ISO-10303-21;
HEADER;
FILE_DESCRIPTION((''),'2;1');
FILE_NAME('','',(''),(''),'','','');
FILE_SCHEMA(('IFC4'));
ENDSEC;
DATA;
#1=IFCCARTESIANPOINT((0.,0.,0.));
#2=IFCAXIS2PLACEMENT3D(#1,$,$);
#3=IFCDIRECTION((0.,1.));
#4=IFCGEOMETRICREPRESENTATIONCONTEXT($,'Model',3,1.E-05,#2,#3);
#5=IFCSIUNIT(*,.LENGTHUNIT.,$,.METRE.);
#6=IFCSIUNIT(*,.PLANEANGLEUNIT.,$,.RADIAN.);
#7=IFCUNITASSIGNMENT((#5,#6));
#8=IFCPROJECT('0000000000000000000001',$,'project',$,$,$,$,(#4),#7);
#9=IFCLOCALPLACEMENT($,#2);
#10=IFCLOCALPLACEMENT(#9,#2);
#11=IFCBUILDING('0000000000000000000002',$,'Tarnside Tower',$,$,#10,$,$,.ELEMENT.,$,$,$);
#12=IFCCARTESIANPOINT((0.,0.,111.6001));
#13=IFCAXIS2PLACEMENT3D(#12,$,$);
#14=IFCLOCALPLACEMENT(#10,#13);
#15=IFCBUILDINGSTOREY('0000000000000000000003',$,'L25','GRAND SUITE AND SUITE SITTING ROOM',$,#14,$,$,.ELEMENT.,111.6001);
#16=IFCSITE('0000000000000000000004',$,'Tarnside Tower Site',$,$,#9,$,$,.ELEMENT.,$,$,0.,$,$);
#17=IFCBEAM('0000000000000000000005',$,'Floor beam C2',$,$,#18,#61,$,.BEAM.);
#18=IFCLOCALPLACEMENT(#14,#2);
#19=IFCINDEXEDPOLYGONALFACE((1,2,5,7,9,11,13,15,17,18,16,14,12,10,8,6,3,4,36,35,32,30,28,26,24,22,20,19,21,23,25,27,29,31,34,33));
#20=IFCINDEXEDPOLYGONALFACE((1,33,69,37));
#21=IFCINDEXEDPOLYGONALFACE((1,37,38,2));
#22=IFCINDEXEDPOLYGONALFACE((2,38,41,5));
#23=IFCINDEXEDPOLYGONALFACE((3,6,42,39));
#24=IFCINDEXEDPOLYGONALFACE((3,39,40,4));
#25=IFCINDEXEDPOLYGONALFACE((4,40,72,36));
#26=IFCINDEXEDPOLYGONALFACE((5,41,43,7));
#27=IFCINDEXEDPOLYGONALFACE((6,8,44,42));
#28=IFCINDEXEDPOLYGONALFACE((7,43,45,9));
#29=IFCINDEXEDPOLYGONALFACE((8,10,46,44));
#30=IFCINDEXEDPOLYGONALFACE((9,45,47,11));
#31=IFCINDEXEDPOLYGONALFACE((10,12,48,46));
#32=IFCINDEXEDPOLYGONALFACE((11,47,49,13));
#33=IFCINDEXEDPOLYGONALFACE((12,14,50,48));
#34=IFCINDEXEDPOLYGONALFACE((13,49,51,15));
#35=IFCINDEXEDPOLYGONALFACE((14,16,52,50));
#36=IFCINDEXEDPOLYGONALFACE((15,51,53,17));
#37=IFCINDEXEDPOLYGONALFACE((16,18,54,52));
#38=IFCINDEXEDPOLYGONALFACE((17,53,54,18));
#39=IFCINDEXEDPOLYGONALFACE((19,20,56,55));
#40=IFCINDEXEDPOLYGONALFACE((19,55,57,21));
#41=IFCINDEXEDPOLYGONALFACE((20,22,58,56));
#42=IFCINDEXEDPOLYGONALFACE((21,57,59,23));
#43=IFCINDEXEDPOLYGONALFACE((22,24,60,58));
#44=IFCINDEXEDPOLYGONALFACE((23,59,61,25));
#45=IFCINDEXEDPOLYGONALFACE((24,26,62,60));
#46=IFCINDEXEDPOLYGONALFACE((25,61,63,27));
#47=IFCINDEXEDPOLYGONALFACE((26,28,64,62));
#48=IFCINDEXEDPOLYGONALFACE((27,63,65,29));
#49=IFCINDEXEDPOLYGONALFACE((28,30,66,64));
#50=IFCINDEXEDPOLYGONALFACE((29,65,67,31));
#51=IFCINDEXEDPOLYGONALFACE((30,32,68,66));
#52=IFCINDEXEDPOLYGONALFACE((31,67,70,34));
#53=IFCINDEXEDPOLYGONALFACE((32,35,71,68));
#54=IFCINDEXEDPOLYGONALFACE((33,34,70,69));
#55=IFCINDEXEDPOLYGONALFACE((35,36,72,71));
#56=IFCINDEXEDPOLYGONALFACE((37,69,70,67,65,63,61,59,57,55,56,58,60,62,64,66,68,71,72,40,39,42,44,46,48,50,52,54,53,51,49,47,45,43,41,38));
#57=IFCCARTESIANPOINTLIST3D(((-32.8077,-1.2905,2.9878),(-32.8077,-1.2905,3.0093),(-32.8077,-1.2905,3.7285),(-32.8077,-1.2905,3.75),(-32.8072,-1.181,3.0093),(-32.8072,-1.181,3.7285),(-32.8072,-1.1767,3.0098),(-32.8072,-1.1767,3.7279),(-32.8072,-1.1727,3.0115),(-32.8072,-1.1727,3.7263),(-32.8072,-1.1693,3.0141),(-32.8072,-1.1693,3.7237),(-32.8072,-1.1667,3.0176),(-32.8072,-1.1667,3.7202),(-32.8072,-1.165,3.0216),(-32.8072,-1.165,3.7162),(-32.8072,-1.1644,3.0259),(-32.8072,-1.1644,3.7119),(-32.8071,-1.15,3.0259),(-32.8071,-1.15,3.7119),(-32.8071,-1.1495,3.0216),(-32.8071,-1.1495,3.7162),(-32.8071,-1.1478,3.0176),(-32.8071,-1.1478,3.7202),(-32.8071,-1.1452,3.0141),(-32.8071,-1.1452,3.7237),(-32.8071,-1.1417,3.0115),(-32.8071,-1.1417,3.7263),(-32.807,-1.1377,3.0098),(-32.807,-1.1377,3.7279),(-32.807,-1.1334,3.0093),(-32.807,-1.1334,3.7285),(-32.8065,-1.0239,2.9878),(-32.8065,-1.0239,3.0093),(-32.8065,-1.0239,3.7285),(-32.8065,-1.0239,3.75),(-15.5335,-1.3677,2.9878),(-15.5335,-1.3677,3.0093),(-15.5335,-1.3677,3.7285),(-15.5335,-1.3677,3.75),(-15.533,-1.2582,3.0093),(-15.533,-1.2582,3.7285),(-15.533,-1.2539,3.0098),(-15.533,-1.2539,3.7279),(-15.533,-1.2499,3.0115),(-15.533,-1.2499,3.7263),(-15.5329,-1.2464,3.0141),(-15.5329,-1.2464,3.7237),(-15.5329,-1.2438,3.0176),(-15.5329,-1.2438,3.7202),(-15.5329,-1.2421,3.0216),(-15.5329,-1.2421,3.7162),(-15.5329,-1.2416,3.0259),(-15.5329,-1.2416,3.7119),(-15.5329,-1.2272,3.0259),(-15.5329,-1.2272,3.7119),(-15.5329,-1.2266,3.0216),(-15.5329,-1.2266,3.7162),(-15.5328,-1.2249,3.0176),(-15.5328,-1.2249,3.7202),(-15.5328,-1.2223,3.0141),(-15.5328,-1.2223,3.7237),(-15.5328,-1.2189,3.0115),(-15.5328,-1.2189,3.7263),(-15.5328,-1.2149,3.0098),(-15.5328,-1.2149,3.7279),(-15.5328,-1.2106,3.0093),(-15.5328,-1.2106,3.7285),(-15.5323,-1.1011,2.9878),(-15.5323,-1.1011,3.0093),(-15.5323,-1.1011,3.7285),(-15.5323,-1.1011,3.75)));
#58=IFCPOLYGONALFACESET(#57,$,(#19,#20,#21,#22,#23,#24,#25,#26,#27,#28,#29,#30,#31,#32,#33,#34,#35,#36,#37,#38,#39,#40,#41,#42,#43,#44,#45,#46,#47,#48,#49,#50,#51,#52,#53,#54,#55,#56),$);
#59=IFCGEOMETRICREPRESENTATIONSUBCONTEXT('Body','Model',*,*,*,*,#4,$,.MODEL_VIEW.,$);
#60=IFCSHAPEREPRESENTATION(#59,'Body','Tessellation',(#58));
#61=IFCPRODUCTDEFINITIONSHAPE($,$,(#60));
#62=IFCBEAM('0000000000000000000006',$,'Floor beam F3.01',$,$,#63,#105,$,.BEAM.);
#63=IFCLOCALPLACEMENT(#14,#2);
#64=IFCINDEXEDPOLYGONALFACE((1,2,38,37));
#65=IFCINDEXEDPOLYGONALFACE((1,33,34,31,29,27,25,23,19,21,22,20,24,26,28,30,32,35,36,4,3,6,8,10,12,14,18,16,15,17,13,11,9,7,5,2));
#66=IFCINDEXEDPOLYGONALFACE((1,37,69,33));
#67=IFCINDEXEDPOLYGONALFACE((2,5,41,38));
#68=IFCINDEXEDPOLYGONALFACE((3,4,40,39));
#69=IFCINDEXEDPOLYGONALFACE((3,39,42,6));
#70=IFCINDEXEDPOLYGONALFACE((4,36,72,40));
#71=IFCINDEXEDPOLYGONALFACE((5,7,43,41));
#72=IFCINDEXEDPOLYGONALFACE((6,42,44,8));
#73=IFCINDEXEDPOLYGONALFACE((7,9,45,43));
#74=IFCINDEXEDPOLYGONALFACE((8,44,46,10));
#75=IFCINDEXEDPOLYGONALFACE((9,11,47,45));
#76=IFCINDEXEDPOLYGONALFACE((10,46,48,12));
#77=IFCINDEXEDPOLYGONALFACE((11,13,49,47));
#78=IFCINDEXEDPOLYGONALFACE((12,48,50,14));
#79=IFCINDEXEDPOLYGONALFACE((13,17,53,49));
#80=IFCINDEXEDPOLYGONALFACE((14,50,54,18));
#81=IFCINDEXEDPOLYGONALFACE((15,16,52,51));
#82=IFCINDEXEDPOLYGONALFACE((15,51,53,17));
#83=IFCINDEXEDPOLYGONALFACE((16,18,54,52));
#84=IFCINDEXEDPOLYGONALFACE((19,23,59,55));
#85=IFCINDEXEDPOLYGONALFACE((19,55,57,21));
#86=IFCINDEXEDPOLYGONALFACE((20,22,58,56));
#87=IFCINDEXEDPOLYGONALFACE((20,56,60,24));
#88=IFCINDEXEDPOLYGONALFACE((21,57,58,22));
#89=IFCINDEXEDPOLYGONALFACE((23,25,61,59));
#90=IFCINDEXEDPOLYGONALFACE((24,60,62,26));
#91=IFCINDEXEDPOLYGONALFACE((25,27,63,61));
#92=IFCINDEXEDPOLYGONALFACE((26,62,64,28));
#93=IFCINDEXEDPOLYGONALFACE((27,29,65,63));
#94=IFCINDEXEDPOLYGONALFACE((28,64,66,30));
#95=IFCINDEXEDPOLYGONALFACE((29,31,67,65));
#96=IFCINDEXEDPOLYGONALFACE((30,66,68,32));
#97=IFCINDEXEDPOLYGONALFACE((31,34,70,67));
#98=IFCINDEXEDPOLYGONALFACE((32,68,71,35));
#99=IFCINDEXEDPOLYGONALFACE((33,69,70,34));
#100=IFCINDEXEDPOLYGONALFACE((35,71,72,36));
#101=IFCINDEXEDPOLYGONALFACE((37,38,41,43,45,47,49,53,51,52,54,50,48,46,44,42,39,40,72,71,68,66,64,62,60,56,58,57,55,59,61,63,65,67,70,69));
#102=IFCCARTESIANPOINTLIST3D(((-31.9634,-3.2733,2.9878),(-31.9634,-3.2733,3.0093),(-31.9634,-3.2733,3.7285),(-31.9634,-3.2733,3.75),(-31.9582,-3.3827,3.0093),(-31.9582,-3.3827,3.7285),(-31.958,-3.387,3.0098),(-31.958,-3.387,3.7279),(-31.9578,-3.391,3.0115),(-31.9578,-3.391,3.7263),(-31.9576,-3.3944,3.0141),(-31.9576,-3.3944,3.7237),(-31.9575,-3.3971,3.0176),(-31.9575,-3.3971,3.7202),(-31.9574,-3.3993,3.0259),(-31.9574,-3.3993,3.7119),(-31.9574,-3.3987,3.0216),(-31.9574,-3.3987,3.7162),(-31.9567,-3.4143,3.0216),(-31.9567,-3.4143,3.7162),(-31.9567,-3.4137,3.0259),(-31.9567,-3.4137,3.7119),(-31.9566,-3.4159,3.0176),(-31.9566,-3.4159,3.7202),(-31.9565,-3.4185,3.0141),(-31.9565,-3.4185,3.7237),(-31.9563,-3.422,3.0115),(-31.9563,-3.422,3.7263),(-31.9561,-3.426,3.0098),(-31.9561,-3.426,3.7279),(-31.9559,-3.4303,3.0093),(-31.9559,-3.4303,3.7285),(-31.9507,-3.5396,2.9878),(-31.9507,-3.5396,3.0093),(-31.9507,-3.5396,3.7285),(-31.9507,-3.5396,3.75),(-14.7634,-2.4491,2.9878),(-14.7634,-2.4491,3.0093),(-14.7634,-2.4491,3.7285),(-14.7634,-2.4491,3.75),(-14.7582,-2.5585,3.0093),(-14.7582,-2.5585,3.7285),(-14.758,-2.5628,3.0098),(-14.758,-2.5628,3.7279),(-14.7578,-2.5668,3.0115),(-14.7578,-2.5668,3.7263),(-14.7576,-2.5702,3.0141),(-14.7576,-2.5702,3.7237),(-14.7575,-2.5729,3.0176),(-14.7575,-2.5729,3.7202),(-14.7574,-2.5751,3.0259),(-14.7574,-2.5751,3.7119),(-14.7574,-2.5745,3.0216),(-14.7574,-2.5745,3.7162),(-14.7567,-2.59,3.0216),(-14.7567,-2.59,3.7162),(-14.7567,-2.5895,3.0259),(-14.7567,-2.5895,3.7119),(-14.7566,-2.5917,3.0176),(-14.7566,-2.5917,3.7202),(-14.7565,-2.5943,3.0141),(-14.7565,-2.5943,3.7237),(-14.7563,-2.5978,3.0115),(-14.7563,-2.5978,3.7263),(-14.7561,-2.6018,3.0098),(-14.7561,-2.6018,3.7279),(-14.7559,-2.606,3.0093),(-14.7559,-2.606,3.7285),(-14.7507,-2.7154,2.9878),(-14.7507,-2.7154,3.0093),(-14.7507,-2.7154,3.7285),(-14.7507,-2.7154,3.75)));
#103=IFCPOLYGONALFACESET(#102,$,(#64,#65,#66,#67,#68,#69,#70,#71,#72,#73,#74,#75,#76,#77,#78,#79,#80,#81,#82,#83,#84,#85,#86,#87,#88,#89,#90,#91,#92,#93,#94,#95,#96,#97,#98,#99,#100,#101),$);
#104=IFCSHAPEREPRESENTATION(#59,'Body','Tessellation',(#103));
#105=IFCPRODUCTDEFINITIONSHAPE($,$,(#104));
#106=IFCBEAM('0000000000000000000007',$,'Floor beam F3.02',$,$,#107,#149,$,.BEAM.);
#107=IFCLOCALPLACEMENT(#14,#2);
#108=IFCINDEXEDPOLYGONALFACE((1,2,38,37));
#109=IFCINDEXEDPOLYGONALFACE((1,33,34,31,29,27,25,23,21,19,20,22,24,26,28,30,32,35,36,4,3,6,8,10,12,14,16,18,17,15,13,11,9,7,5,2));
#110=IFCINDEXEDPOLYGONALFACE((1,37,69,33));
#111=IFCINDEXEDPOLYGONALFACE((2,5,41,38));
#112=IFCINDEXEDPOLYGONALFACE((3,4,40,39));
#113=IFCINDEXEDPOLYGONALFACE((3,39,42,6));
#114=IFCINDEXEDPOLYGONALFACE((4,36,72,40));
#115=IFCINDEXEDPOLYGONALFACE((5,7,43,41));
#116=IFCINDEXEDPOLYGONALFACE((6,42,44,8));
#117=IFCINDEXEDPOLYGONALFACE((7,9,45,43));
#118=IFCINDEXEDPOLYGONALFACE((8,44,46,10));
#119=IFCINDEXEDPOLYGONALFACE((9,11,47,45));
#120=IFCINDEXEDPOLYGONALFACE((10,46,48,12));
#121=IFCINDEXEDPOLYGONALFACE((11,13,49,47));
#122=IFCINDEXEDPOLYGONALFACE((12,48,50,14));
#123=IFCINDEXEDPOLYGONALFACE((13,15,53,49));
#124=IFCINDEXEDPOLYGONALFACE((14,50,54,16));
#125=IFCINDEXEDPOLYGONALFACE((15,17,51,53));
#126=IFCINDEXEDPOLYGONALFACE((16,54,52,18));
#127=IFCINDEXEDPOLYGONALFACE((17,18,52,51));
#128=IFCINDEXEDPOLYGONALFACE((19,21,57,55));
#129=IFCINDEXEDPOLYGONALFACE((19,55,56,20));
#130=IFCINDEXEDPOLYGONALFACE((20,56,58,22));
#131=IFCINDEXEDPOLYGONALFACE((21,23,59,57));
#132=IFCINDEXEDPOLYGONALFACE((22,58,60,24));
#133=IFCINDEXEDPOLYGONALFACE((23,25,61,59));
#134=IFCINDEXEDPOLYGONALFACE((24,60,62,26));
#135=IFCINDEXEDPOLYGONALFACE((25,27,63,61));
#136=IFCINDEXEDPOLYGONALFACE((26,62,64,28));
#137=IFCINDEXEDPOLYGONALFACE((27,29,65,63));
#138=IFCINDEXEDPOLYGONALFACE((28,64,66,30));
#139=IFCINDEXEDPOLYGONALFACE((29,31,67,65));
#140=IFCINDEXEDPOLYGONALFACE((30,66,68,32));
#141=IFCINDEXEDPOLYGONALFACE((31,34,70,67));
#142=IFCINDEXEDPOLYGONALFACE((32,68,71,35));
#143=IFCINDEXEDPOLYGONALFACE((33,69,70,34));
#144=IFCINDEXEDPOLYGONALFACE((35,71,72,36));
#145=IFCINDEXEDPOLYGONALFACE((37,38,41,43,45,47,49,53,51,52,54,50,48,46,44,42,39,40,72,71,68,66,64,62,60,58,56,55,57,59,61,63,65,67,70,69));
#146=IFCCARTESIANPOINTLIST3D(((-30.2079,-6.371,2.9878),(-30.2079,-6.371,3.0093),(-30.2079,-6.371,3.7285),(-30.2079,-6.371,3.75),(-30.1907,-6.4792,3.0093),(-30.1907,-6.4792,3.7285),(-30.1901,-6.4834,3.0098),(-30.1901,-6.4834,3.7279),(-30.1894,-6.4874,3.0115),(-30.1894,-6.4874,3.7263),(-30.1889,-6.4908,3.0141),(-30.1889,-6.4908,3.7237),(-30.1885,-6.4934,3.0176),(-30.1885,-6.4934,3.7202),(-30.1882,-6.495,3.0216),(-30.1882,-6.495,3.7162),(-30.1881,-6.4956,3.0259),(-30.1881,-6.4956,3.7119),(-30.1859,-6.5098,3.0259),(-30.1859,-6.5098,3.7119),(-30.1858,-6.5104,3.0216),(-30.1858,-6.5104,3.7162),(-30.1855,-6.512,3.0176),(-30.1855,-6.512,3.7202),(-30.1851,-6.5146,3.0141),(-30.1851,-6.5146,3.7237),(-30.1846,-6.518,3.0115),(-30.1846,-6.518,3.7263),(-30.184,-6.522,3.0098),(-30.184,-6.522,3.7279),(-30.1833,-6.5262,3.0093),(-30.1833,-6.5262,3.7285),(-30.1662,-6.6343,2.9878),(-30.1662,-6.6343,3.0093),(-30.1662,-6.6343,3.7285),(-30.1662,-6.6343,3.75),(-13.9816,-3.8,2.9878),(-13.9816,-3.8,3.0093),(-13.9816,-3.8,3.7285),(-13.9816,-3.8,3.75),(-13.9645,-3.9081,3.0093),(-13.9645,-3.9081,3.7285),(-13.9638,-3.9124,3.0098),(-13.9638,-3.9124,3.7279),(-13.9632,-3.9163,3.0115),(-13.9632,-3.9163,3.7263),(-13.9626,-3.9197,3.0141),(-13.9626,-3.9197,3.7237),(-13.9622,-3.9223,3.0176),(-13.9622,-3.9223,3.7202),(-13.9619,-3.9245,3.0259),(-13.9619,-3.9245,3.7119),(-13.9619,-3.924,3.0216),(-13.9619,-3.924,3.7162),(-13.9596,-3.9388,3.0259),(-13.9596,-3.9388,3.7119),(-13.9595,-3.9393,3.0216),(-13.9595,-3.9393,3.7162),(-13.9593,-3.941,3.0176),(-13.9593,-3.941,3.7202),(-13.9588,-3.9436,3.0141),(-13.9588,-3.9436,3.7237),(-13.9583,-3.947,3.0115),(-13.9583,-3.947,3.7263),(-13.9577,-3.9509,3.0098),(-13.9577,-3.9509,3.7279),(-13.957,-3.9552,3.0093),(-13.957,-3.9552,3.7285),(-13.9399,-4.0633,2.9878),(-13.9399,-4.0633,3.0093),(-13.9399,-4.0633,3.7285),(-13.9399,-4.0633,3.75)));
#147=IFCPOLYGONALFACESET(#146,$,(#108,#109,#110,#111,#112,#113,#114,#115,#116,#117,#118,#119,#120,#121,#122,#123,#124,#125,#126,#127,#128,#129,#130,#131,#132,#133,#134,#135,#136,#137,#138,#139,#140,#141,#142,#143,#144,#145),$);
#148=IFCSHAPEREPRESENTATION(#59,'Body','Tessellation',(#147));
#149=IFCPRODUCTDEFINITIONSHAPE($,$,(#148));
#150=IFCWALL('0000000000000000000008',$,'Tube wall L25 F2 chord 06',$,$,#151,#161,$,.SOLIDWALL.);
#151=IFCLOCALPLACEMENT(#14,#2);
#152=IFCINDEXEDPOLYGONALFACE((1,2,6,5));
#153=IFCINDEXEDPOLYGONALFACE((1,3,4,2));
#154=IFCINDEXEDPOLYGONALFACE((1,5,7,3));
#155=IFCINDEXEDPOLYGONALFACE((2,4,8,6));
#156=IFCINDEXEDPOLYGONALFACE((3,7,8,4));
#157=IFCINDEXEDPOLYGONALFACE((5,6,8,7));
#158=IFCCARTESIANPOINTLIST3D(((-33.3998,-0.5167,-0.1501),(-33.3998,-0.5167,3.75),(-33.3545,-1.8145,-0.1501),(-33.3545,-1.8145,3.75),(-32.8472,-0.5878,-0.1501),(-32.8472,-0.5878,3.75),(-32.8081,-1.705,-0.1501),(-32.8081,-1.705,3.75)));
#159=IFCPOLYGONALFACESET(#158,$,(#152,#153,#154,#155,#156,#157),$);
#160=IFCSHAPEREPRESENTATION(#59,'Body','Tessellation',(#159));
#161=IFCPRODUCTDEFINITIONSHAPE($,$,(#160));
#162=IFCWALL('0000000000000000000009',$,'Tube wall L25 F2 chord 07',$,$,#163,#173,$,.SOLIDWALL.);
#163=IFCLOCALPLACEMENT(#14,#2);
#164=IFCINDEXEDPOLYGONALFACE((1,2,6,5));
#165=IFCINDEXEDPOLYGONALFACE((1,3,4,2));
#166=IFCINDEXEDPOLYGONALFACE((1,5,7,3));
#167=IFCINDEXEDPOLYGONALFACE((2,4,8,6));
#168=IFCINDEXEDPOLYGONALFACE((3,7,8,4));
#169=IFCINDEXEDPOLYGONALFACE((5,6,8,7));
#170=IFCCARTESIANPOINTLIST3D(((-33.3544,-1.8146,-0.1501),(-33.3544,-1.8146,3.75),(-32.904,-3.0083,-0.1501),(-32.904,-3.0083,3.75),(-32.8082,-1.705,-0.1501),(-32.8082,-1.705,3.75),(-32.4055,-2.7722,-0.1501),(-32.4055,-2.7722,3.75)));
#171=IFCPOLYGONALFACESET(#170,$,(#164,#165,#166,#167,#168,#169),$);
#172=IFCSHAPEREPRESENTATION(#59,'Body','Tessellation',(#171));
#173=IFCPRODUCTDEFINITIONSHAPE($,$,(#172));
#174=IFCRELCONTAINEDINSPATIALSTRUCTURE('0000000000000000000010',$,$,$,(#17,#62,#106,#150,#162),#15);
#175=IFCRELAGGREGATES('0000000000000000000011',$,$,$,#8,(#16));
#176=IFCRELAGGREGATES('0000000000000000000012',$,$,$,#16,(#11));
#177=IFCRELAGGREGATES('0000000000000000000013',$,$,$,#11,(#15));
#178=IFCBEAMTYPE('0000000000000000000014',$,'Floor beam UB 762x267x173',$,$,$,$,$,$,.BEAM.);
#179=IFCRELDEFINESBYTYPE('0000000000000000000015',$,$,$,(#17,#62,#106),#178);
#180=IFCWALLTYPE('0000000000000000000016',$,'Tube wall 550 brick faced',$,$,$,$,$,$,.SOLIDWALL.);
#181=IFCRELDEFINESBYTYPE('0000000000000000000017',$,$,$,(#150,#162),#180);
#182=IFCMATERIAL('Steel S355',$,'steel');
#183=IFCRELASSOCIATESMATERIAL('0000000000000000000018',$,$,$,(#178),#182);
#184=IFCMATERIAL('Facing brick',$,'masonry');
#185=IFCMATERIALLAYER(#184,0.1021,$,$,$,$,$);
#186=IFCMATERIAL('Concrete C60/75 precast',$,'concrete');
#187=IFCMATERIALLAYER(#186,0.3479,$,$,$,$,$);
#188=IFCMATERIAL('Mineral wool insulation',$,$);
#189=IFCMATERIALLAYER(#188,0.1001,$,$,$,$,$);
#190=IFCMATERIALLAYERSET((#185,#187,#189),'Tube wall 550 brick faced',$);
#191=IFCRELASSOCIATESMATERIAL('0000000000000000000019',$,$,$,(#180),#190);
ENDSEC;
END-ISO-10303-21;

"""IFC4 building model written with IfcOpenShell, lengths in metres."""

from ifc_helpers import new_model, si_unit, direction, frame, origin, origin_2d, place, context, subcontext, project, spatial, polyline, i_section, outline, extrude, material, layer, layer_set, material_profile, profile_set, type_object, element, save


model = new_model("IFC4")

# Units and contexts
model_context = context("Model", 3, precision=1e-05, world=origin(), true_north=direction((0.0, 1.0)))
body_context = subcontext(model_context, "Body", "Model", "MODEL_VIEW")
ifc_project = project(units=[si_unit("LENGTHUNIT", "METRE"), si_unit("PLANEANGLEUNIT", "RADIAN")], contexts=[model_context])

# Site, building, storey
site_placement = place(None, origin())
site = spatial("IfcSite", under=ifc_project, at=site_placement, Name="Tarnside Tower Site", CompositionType="ELEMENT", RefElevation=0.0)
building_placement = place(site_placement, origin())
building = spatial("IfcBuilding", under=site, at=building_placement, Name="Tarnside Tower", CompositionType="ELEMENT")
storey_placement = place(building_placement, frame((0.0, 0.0, 111.6001)))
storey = spatial("IfcBuildingStorey", under=building, at=storey_placement, Name="L25", Description="GRAND SUITE AND SUITE SITTING ROOM", CompositionType="ELEMENT", Elevation=111.6001)

# Beams
ifc_material_1 = material(Name="Steel S355", Category="steel")
ifc_material_profile = material_profile(ifc_material_1, i_section(OverallWidth=0.2666, OverallDepth=0.7622, WebThickness=0.0144, FlangeThickness=0.0215, FilletRadius=0.0166, at=origin_2d()), Name="UB 762x267x173")
ifc_profile_set = profile_set([ifc_material_profile], Name="Steel S355")
beam_type = type_object("IfcBeamType", Name="Floor beam UB 762x267x173", PredefinedType="BEAM", material=ifc_profile_set)
beam_1_placement = place(storey_placement, frame((-32.8071, -1.1572, 3.3689), z_axis=(0.99999, -0.004466, 0.0), x_axis=(0.004466, 0.99999, 0.0)))
element("IfcBeam", 1, at=beam_1_placement, inside=storey, type_object=beam_type, Name="Floor beam C2", PredefinedType="BEAM", context=body_context, shape_type="SweptSolid", body=[
    extrude(i_section(OverallWidth=0.2666, OverallDepth=0.7622, WebThickness=0.0144, FlangeThickness=0.0215, FilletRadius=0.0166, at=origin_2d()), origin(), (0.0, 0.0, 1.0), 17.2744),
])
beam_2_placement = place(storey_placement, frame((-31.957, -3.4065, 3.3689), z_axis=(0.998854, 0.047865, 0.0), x_axis=(-0.047865, 0.998854, 0.0)))
element("IfcBeam", 2, at=beam_2_placement, inside=storey, type_object=beam_type, Name="Floor beam F3.01", PredefinedType="BEAM", context=body_context, shape_type="SweptSolid", body=[
    extrude(i_section(OverallWidth=0.2666, OverallDepth=0.7622, WebThickness=0.0144, FlangeThickness=0.0215, FilletRadius=0.0166, at=origin_2d()), origin(), (0.0, 0.0, 1.0), 17.2197),
])
beam_3_placement = place(storey_placement, frame((-30.187, -6.5027, 3.3689), z_axis=(0.987678, 0.156497, 0.0), x_axis=(-0.156497, 0.987678, 0.0)))
element("IfcBeam", 3, at=beam_3_placement, inside=storey, type_object=beam_type, Name="Floor beam F3.02", PredefinedType="BEAM", context=body_context, shape_type="SweptSolid", body=[
    extrude(i_section(OverallWidth=0.2666, OverallDepth=0.7622, WebThickness=0.0144, FlangeThickness=0.0215, FilletRadius=0.0166, at=origin_2d()), origin(), (0.0, 0.0, 1.0), 16.4287),
])

# Walls
ifc_material_2 = material(Name="Facing brick", Category="masonry")
ifc_layer_1 = layer(ifc_material_2, 0.1021)
ifc_material_3 = material(Name="Concrete C60/75 precast", Category="concrete")
ifc_layer_2 = layer(ifc_material_3, 0.3479)
ifc_material_4 = material(Name="Mineral wool insulation")
ifc_layer_3 = layer(ifc_material_4, 0.1001)
ifc_layer_set_1 = layer_set([ifc_layer_1, ifc_layer_2, ifc_layer_3], Name="Tube wall 550 brick faced")
wall_type = type_object("IfcWallType", Name="Tube wall 550 brick faced", PredefinedType="SOLIDWALL", material=ifc_layer_set_1)
wall_1_placement = place(storey_placement, frame((-33.1235, -0.5522, -0.1501), z_axis=(0.0, 0.0, 1.0), x_axis=(0.034956, -0.999389, 0.0)))
element("IfcWall", 4, at=wall_1_placement, inside=storey, type_object=wall_type, Name="Tube wall L25 F2 chord 06", PredefinedType="SOLIDWALL", context=body_context, shape_type="SweptSolid", body=[
    extrude(outline(polyline([(-0.0452, -0.2749), (1.2534, -0.2749), (1.1631, 0.2749), (0.0452, 0.2749), (-0.0452, -0.2749)])), origin(), (0.0, 0.0, 1.0), 3.9001),
])
wall_2_placement = place(storey_placement, frame((-33.0813, -1.7598, -0.1501), z_axis=(0.0, 0.0, 1.0), x_axis=(0.353027, -0.935613, 0.0)))
element("IfcWall", 5, at=wall_2_placement, inside=storey, type_object=wall_type, Name="Tube wall L25 F2 chord 07", PredefinedType="SOLIDWALL", context=body_context, shape_type="SweptSolid", body=[
    extrude(outline(polyline([(-0.0452, -0.2749), (1.2307, -0.2749), (1.1858, 0.2749), (0.0452, 0.2749), (-0.0452, -0.2749)])), origin(), (0.0, 0.0, 1.0), 3.9001),
])

save(model, "model.ifc")
